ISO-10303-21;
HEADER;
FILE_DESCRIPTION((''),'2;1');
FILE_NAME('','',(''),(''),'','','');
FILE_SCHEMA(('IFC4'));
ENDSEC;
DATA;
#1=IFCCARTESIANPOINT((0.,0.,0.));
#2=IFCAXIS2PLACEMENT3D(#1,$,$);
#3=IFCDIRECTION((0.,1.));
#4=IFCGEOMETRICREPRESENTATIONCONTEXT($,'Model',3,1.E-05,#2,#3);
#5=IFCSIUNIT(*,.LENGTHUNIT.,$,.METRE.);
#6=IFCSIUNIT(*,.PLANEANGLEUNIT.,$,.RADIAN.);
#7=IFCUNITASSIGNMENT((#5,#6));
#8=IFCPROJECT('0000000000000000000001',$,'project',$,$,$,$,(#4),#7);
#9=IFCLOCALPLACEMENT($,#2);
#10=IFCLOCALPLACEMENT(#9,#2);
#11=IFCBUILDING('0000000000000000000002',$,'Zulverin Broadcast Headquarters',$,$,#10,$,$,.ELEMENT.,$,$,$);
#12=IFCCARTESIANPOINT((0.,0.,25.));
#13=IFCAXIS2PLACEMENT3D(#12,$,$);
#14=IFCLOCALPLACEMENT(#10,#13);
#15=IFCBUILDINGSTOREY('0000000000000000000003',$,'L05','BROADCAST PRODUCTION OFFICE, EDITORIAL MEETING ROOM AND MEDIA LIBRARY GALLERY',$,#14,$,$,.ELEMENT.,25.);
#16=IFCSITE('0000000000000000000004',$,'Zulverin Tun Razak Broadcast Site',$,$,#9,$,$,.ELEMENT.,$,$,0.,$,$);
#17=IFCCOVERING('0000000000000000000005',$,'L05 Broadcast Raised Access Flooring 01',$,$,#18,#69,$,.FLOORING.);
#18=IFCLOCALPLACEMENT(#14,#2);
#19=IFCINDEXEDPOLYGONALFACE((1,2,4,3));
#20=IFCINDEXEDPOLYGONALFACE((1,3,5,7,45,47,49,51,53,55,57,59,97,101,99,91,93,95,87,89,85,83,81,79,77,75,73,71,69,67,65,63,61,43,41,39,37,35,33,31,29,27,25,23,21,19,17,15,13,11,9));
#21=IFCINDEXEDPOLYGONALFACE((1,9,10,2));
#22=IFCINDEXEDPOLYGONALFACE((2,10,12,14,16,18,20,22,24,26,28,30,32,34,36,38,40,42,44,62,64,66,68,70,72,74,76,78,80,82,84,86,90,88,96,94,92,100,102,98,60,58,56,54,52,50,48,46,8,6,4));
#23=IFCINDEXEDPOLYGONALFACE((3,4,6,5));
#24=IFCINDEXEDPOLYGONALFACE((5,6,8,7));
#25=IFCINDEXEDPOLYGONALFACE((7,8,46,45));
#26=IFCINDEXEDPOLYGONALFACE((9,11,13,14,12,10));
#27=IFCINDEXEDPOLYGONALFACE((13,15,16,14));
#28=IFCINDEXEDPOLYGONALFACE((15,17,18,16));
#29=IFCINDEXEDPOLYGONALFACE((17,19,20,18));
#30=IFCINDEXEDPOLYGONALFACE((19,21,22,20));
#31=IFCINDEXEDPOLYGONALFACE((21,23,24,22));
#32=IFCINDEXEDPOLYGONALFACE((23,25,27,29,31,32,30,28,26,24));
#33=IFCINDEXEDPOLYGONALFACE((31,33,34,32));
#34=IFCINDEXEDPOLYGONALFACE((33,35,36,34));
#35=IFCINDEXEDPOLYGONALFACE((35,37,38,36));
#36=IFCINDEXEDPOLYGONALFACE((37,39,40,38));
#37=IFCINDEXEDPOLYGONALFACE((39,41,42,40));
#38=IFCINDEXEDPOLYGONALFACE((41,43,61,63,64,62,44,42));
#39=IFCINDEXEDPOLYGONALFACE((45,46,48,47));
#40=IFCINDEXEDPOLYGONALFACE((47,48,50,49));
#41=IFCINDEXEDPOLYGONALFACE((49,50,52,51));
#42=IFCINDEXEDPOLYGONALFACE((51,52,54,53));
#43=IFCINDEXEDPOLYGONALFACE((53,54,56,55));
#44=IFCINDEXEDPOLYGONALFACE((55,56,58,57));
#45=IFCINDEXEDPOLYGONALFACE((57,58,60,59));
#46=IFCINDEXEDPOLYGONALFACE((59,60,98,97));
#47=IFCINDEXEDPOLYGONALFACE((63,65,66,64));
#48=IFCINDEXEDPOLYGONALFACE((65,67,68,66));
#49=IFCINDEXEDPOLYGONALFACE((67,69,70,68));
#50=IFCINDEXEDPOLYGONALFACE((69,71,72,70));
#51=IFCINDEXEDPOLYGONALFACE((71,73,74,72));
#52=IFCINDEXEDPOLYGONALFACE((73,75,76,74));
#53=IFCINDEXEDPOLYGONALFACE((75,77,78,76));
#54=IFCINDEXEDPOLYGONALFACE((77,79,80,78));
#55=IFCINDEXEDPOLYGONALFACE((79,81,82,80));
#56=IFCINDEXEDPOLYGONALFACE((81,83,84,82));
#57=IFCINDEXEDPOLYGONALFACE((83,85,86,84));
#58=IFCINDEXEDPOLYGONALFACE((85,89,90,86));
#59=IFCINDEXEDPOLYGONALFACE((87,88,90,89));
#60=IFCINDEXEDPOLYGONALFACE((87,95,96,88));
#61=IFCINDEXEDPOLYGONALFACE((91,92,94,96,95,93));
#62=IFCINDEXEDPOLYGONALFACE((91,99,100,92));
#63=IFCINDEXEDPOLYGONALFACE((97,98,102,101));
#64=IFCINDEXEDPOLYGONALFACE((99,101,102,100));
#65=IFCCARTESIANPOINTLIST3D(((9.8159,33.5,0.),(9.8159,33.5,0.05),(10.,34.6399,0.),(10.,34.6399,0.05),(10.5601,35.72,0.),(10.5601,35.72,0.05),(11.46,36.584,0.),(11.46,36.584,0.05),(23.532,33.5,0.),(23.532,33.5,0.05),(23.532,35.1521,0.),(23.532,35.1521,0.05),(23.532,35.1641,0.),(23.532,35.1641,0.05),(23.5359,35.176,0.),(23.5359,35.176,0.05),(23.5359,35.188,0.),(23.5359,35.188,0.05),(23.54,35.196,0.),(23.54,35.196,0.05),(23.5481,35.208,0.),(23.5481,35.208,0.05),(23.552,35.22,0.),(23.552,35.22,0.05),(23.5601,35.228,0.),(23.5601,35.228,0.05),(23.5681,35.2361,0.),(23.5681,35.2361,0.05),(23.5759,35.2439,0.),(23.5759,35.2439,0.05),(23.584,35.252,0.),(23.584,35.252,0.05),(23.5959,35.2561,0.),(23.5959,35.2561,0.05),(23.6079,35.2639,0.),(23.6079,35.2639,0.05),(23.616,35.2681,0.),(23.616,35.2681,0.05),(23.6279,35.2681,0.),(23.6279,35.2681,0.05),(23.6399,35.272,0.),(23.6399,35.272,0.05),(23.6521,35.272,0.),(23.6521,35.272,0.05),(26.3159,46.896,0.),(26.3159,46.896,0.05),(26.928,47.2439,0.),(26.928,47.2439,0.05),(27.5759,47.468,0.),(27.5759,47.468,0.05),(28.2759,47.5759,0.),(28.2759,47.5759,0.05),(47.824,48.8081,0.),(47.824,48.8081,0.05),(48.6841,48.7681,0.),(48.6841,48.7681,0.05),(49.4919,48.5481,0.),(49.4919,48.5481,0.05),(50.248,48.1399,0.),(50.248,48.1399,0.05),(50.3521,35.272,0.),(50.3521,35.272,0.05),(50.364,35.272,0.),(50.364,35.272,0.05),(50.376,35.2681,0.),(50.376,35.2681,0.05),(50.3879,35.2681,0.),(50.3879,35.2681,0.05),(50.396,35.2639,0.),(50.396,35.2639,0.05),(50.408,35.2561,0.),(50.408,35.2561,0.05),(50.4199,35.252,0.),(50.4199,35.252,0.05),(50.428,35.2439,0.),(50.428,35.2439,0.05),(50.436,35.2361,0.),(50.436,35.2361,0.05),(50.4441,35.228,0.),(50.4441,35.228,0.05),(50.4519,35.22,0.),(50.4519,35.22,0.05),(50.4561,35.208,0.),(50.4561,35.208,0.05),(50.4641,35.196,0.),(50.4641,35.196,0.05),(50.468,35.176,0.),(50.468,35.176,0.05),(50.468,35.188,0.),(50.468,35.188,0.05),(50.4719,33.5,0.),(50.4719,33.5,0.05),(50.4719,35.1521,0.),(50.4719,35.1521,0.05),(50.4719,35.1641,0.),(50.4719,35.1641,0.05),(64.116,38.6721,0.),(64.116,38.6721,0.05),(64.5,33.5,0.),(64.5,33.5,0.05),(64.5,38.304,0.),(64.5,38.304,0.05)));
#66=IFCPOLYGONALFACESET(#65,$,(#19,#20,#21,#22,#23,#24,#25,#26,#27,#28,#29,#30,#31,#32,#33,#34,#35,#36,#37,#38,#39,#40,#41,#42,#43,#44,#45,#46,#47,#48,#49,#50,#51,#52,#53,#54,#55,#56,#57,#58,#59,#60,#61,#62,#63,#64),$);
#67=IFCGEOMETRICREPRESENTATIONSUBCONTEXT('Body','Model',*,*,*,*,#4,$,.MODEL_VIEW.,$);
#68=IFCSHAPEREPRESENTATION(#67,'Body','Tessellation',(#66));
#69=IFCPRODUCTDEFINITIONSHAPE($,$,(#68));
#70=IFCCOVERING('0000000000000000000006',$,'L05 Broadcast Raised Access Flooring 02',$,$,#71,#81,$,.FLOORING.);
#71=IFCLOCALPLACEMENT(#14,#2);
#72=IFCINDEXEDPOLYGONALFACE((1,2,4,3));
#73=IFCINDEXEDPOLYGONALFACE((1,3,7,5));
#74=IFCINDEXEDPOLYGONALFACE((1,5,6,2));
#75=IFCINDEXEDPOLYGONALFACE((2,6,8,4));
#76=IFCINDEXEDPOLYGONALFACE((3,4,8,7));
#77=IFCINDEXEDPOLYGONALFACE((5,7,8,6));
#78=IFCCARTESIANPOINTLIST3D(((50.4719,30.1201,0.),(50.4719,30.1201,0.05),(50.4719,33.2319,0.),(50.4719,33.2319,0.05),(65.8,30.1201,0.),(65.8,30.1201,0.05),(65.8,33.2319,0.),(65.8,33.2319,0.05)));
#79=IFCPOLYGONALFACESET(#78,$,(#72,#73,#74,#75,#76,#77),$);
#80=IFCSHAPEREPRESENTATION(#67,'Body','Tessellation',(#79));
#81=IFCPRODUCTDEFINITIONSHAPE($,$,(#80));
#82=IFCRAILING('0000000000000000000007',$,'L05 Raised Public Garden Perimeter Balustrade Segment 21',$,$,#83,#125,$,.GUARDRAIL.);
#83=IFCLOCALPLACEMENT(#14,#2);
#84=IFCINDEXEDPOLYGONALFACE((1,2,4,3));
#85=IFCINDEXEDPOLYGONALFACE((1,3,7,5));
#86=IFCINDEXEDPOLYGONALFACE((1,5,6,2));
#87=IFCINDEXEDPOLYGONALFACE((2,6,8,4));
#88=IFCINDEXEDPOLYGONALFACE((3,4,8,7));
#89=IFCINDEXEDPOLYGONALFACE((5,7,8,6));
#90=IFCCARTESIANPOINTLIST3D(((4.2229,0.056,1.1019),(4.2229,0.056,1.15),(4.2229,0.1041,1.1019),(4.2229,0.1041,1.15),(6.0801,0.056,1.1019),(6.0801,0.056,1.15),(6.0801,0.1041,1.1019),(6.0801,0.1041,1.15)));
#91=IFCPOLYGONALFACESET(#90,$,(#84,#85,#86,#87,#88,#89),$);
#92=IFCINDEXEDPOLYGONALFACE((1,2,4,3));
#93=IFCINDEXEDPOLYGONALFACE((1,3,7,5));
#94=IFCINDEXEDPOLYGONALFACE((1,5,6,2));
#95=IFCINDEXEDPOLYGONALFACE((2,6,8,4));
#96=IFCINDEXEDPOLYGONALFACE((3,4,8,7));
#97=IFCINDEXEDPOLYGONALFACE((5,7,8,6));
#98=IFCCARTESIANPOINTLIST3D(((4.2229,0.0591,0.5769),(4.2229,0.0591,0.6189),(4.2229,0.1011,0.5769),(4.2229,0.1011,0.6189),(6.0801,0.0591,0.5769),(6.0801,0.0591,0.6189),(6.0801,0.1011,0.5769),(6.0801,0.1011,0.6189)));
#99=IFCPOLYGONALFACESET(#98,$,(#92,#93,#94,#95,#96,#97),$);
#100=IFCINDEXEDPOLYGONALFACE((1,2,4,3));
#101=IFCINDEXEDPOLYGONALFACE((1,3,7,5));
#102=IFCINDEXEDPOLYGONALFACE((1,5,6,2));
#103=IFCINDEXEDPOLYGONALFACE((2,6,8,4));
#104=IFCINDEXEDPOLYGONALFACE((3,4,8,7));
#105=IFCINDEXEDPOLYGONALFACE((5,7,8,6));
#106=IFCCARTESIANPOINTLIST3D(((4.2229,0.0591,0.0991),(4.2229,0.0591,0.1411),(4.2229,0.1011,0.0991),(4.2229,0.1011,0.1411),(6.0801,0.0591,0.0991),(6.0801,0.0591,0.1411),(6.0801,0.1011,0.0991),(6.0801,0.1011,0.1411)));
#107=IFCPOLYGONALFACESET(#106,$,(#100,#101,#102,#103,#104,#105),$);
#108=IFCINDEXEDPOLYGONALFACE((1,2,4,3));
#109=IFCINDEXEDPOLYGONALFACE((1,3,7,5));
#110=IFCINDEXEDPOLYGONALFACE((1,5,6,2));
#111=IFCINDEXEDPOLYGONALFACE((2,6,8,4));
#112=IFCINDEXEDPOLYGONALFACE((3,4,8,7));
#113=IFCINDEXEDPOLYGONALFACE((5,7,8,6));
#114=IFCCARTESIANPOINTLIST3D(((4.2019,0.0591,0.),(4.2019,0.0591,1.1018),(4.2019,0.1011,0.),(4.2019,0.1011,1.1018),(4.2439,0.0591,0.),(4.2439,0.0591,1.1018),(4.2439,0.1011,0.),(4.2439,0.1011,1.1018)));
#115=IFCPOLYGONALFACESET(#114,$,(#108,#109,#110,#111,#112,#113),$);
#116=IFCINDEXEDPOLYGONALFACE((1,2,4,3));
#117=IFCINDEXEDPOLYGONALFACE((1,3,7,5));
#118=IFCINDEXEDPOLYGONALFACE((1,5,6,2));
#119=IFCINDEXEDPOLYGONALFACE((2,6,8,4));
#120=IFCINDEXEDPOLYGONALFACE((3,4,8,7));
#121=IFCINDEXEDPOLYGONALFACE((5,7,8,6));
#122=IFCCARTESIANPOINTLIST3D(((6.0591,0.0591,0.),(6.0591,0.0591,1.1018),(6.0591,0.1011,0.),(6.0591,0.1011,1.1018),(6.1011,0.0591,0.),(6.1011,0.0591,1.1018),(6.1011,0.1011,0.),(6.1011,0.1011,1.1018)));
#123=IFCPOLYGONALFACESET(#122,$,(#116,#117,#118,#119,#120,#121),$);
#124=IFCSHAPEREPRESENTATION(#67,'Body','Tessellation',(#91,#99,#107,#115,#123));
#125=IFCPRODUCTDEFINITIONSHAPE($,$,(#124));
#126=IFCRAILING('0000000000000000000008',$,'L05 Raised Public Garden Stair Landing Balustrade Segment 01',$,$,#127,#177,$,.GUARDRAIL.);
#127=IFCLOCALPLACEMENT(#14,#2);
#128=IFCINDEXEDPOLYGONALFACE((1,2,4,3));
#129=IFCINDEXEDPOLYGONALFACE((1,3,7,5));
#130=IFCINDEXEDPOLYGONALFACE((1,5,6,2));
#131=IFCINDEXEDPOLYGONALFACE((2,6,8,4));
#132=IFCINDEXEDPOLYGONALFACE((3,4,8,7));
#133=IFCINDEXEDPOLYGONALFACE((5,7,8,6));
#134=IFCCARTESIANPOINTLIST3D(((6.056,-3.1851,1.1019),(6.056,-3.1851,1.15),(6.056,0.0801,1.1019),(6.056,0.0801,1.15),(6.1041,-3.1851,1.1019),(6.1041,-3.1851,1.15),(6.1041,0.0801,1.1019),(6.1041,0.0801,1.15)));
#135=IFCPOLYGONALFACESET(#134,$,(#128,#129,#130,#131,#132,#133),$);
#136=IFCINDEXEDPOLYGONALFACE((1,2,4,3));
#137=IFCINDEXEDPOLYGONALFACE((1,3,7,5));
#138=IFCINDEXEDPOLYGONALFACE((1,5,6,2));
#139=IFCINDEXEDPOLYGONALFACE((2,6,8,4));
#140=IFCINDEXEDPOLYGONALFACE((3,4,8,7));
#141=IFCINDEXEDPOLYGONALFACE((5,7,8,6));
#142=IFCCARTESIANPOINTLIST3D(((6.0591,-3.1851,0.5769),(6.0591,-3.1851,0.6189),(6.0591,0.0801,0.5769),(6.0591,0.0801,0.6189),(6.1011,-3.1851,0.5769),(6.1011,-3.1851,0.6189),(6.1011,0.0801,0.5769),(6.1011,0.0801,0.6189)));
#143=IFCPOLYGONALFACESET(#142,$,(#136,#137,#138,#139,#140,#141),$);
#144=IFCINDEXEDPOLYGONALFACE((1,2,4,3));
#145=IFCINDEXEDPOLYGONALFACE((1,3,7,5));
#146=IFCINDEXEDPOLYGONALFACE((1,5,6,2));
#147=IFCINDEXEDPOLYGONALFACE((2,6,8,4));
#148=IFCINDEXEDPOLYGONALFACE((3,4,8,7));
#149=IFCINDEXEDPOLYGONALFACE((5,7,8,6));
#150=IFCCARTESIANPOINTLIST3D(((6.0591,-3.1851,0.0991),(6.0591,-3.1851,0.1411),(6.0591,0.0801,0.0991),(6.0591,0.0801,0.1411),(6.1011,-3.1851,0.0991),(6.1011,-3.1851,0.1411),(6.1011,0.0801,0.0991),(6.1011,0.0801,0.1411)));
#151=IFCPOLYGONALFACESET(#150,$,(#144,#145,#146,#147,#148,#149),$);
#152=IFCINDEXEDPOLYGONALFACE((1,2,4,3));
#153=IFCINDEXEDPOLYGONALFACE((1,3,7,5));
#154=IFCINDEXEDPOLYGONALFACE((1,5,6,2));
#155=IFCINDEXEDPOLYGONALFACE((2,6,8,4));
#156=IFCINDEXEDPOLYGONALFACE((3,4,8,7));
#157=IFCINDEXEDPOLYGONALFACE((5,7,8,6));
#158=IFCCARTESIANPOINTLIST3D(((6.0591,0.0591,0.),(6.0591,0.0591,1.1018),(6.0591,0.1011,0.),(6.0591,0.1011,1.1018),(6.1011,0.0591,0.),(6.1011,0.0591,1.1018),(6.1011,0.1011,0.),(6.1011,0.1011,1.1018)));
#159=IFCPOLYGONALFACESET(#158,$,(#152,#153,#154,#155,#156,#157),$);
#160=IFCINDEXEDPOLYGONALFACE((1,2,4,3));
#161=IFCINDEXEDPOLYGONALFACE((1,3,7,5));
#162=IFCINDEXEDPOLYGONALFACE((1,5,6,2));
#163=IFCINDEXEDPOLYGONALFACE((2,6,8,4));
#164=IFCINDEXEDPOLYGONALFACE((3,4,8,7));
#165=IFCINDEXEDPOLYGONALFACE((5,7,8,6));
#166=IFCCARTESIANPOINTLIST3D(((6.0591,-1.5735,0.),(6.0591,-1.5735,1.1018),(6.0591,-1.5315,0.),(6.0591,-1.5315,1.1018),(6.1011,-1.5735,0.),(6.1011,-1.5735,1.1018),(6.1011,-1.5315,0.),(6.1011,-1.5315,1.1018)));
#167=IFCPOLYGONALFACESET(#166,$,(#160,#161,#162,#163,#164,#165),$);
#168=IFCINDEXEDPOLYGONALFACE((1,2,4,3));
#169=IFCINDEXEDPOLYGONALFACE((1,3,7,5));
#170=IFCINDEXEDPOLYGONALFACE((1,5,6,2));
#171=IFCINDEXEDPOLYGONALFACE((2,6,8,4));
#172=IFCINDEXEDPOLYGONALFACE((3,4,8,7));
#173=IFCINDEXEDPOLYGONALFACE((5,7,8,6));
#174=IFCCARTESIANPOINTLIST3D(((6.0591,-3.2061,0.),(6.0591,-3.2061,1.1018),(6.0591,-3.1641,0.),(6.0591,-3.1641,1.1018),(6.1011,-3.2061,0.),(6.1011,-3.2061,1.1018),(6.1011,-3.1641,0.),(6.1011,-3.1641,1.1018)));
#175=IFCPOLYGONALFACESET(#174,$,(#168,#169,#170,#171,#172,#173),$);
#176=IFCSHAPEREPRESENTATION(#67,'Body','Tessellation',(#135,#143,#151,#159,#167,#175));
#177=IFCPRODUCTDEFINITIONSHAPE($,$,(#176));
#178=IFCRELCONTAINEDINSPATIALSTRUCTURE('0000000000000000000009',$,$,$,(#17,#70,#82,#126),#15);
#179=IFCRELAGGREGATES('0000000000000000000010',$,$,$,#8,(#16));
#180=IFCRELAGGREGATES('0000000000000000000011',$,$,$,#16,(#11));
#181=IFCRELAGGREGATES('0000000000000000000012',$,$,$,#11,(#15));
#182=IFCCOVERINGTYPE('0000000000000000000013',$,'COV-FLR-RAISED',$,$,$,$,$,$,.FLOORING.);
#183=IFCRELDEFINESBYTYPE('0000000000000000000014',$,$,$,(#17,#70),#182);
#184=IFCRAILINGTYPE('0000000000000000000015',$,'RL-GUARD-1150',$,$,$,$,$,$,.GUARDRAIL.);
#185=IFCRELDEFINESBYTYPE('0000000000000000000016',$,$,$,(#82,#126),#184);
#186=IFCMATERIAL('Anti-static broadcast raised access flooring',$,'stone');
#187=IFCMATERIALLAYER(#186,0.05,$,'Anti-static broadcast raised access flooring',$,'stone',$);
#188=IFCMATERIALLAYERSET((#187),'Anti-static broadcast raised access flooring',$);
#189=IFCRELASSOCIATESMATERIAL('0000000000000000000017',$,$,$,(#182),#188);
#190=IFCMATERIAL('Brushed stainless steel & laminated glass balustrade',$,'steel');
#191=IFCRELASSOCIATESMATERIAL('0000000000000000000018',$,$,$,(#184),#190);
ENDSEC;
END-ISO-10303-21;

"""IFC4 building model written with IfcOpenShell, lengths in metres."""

from ifc_helpers import new_model, si_unit, direction, frame, origin, origin_2d, place, context, subcontext, project, spatial, polyline, rectangle, outline, extrude, material, layer, layer_set, type_object, element, save


model = new_model("IFC4")

# Units and contexts
model_context = context("Model", 3, precision=1e-05, world=origin(), true_north=direction((0.0, 1.0)))
body_context = subcontext(model_context, "Body", "Model", "MODEL_VIEW")
ifc_project = project(units=[si_unit("LENGTHUNIT", "METRE"), si_unit("PLANEANGLEUNIT", "RADIAN")], contexts=[model_context])

# Site, building, storey
site_placement = place(None, origin())
site = spatial("IfcSite", under=ifc_project, at=site_placement, Name="Zulverin Tun Razak Broadcast Site", CompositionType="ELEMENT", RefElevation=0.0)
building_placement = place(site_placement, origin())
building = spatial("IfcBuilding", under=site, at=building_placement, Name="Zulverin Broadcast Headquarters", CompositionType="ELEMENT")
storey_placement = place(building_placement, frame((0.0, 0.0, 25.0)))
storey = spatial("IfcBuildingStorey", under=building, at=storey_placement, Name="L05", Description="BROADCAST PRODUCTION OFFICE, EDITORIAL MEETING ROOM AND MEDIA LIBRARY GALLERY", CompositionType="ELEMENT", Elevation=25.0)

# Coverings
ifc_material_1 = material(Name="Anti-static broadcast raised access flooring", Category="stone")
ifc_layer_1 = layer(ifc_material_1, 0.05, Name="Anti-static broadcast raised access flooring", Category="stone")
ifc_layer_set_1 = layer_set([ifc_layer_1], Name="Anti-static broadcast raised access flooring")
covering_type_1 = type_object("IfcCoveringType", Name="COV-FLR-RAISED", PredefinedType="FLOORING", material=ifc_layer_set_1)
covering_1_placement = place(storey_placement, origin())
element("IfcCovering", 1, at=covering_1_placement, inside=storey, type_object=covering_type_1, Name="L05 Broadcast Raised Access Flooring 01", PredefinedType="FLOORING", context=body_context, shape_type="SweptSolid", body=[
    extrude(outline(polyline([(11.46, 36.584), (10.5601, 35.72), (10.0, 34.6399), (9.8159, 33.5), (23.532, 33.5), (23.532, 35.1521), (23.532, 35.1641), (23.5359, 35.176), (23.5359, 35.188), (23.54, 35.196), (23.5481, 35.208), (23.552, 35.22), (23.5601, 35.228), (23.5681, 35.2361), (23.5759, 35.2439), (23.584, 35.252), (23.5959, 35.2561), (23.6079, 35.2639), (23.616, 35.2681), (23.6279, 35.2681), (23.6399, 35.272), (23.6521, 35.272), (50.3521, 35.272), (50.364, 35.272), (50.376, 35.2681), (50.3879, 35.2681), (50.396, 35.2639), (50.408, 35.2561), (50.4199, 35.252), (50.428, 35.2439), (50.436, 35.2361), (50.4441, 35.228), (50.4519, 35.22), (50.4561, 35.208), (50.4641, 35.196), (50.468, 35.188), (50.468, 35.176), (50.4719, 35.1641), (50.4719, 35.1521), (50.4719, 33.5), (64.5, 33.5), (64.5, 38.304), (64.116, 38.6721), (50.248, 48.1399), (49.4919, 48.5481), (48.6841, 48.7681), (47.824, 48.8081), (28.2759, 47.5759), (27.5759, 47.468), (26.928, 47.2439), (26.3159, 46.896), (11.46, 36.584)])), origin(), (0.0, 0.0, 1.0), 0.05),
])
covering_2_placement = place(storey_placement, origin())
element("IfcCovering", 2, at=covering_2_placement, inside=storey, type_object=covering_type_1, Name="L05 Broadcast Raised Access Flooring 02", PredefinedType="FLOORING", context=body_context, shape_type="SweptSolid", body=[
    extrude(outline(polyline([(50.4719, 30.1201), (65.8, 30.1201), (65.8, 33.2319), (50.4719, 33.2319), (50.4719, 30.1201)])), origin(), (0.0, 0.0, 1.0), 0.05),
])

# Railings
ifc_material_2 = material(Name="Brushed stainless steel & laminated glass balustrade", Category="steel")
railing_type_1 = type_object("IfcRailingType", Name="RL-GUARD-1150", PredefinedType="GUARDRAIL", material=ifc_material_2)
railing_1_placement = place(storey_placement, frame((4.2229, 0.0801, 0.0)))
element("IfcRailing", 3, at=railing_1_placement, inside=storey, type_object=railing_type_1, Name="L05 Raised Public Garden Perimeter Balustrade Segment 21", PredefinedType="GUARDRAIL", context=body_context, shape_type="SweptSolid", body=[
    extrude(rectangle(XDim=0.0481, YDim=0.0481, at=origin_2d()), frame((0.0, 0.0, 1.126), z_axis=(1.0, 0.0, 0.0), x_axis=(0.0, 1.0, 0.0)), (0.0, 0.0, 1.0), 1.8572),
    extrude(rectangle(XDim=0.042, YDim=0.042, at=origin_2d()), frame((0.0, 0.0, 0.5979), z_axis=(1.0, 0.0, 0.0), x_axis=(0.0, 1.0, 0.0)), (0.0, 0.0, 1.0), 1.8572),
    extrude(rectangle(XDim=0.042, YDim=0.042, at=origin_2d()), frame((0.0, 0.0, 0.1201), z_axis=(1.0, 0.0, 0.0), x_axis=(0.0, 1.0, 0.0)), (0.0, 0.0, 1.0), 1.8572),
    extrude(rectangle(XDim=0.042, YDim=0.042, at=origin_2d()), origin(), (0.0, 0.0, 1.0), 1.1018),
    extrude(rectangle(XDim=0.042, YDim=0.042, at=origin_2d()), frame((1.8572, 0.0, 0.0)), (0.0, 0.0, 1.0), 1.1018),
])
railing_2_placement = place(storey_placement, frame((6.0801, 0.0801, 0.0)))
element("IfcRailing", 4, at=railing_2_placement, inside=storey, type_object=railing_type_1, Name="L05 Raised Public Garden Stair Landing Balustrade Segment 01", PredefinedType="GUARDRAIL", context=body_context, shape_type="SweptSolid", body=[
    extrude(rectangle(XDim=0.0481, YDim=0.0481, at=origin_2d()), frame((0.0, 0.0, 1.126), z_axis=(0.0, -1.0, 0.0), x_axis=(1.0, 0.0, 0.0)), (0.0, 0.0, 1.0), 3.2651),
    extrude(rectangle(XDim=0.042, YDim=0.042, at=origin_2d()), frame((0.0, 0.0, 0.5979), z_axis=(0.0, -1.0, 0.0), x_axis=(1.0, 0.0, 0.0)), (0.0, 0.0, 1.0), 3.2651),
    extrude(rectangle(XDim=0.042, YDim=0.042, at=origin_2d()), frame((0.0, 0.0, 0.1201), z_axis=(0.0, -1.0, 0.0), x_axis=(1.0, 0.0, 0.0)), (0.0, 0.0, 1.0), 3.2651),
    extrude(rectangle(XDim=0.042, YDim=0.042, at=origin_2d()), origin(), (0.0, 0.0, 1.0), 1.1018),
    extrude(rectangle(XDim=0.042, YDim=0.042, at=origin_2d()), frame((0.0, -1.6326, 0.0)), (0.0, 0.0, 1.0), 1.1018),
    extrude(rectangle(XDim=0.042, YDim=0.042, at=origin_2d()), frame((0.0, -3.2651, 0.0)), (0.0, 0.0, 1.0), 1.1018),
])

save(model, "model.ifc")
